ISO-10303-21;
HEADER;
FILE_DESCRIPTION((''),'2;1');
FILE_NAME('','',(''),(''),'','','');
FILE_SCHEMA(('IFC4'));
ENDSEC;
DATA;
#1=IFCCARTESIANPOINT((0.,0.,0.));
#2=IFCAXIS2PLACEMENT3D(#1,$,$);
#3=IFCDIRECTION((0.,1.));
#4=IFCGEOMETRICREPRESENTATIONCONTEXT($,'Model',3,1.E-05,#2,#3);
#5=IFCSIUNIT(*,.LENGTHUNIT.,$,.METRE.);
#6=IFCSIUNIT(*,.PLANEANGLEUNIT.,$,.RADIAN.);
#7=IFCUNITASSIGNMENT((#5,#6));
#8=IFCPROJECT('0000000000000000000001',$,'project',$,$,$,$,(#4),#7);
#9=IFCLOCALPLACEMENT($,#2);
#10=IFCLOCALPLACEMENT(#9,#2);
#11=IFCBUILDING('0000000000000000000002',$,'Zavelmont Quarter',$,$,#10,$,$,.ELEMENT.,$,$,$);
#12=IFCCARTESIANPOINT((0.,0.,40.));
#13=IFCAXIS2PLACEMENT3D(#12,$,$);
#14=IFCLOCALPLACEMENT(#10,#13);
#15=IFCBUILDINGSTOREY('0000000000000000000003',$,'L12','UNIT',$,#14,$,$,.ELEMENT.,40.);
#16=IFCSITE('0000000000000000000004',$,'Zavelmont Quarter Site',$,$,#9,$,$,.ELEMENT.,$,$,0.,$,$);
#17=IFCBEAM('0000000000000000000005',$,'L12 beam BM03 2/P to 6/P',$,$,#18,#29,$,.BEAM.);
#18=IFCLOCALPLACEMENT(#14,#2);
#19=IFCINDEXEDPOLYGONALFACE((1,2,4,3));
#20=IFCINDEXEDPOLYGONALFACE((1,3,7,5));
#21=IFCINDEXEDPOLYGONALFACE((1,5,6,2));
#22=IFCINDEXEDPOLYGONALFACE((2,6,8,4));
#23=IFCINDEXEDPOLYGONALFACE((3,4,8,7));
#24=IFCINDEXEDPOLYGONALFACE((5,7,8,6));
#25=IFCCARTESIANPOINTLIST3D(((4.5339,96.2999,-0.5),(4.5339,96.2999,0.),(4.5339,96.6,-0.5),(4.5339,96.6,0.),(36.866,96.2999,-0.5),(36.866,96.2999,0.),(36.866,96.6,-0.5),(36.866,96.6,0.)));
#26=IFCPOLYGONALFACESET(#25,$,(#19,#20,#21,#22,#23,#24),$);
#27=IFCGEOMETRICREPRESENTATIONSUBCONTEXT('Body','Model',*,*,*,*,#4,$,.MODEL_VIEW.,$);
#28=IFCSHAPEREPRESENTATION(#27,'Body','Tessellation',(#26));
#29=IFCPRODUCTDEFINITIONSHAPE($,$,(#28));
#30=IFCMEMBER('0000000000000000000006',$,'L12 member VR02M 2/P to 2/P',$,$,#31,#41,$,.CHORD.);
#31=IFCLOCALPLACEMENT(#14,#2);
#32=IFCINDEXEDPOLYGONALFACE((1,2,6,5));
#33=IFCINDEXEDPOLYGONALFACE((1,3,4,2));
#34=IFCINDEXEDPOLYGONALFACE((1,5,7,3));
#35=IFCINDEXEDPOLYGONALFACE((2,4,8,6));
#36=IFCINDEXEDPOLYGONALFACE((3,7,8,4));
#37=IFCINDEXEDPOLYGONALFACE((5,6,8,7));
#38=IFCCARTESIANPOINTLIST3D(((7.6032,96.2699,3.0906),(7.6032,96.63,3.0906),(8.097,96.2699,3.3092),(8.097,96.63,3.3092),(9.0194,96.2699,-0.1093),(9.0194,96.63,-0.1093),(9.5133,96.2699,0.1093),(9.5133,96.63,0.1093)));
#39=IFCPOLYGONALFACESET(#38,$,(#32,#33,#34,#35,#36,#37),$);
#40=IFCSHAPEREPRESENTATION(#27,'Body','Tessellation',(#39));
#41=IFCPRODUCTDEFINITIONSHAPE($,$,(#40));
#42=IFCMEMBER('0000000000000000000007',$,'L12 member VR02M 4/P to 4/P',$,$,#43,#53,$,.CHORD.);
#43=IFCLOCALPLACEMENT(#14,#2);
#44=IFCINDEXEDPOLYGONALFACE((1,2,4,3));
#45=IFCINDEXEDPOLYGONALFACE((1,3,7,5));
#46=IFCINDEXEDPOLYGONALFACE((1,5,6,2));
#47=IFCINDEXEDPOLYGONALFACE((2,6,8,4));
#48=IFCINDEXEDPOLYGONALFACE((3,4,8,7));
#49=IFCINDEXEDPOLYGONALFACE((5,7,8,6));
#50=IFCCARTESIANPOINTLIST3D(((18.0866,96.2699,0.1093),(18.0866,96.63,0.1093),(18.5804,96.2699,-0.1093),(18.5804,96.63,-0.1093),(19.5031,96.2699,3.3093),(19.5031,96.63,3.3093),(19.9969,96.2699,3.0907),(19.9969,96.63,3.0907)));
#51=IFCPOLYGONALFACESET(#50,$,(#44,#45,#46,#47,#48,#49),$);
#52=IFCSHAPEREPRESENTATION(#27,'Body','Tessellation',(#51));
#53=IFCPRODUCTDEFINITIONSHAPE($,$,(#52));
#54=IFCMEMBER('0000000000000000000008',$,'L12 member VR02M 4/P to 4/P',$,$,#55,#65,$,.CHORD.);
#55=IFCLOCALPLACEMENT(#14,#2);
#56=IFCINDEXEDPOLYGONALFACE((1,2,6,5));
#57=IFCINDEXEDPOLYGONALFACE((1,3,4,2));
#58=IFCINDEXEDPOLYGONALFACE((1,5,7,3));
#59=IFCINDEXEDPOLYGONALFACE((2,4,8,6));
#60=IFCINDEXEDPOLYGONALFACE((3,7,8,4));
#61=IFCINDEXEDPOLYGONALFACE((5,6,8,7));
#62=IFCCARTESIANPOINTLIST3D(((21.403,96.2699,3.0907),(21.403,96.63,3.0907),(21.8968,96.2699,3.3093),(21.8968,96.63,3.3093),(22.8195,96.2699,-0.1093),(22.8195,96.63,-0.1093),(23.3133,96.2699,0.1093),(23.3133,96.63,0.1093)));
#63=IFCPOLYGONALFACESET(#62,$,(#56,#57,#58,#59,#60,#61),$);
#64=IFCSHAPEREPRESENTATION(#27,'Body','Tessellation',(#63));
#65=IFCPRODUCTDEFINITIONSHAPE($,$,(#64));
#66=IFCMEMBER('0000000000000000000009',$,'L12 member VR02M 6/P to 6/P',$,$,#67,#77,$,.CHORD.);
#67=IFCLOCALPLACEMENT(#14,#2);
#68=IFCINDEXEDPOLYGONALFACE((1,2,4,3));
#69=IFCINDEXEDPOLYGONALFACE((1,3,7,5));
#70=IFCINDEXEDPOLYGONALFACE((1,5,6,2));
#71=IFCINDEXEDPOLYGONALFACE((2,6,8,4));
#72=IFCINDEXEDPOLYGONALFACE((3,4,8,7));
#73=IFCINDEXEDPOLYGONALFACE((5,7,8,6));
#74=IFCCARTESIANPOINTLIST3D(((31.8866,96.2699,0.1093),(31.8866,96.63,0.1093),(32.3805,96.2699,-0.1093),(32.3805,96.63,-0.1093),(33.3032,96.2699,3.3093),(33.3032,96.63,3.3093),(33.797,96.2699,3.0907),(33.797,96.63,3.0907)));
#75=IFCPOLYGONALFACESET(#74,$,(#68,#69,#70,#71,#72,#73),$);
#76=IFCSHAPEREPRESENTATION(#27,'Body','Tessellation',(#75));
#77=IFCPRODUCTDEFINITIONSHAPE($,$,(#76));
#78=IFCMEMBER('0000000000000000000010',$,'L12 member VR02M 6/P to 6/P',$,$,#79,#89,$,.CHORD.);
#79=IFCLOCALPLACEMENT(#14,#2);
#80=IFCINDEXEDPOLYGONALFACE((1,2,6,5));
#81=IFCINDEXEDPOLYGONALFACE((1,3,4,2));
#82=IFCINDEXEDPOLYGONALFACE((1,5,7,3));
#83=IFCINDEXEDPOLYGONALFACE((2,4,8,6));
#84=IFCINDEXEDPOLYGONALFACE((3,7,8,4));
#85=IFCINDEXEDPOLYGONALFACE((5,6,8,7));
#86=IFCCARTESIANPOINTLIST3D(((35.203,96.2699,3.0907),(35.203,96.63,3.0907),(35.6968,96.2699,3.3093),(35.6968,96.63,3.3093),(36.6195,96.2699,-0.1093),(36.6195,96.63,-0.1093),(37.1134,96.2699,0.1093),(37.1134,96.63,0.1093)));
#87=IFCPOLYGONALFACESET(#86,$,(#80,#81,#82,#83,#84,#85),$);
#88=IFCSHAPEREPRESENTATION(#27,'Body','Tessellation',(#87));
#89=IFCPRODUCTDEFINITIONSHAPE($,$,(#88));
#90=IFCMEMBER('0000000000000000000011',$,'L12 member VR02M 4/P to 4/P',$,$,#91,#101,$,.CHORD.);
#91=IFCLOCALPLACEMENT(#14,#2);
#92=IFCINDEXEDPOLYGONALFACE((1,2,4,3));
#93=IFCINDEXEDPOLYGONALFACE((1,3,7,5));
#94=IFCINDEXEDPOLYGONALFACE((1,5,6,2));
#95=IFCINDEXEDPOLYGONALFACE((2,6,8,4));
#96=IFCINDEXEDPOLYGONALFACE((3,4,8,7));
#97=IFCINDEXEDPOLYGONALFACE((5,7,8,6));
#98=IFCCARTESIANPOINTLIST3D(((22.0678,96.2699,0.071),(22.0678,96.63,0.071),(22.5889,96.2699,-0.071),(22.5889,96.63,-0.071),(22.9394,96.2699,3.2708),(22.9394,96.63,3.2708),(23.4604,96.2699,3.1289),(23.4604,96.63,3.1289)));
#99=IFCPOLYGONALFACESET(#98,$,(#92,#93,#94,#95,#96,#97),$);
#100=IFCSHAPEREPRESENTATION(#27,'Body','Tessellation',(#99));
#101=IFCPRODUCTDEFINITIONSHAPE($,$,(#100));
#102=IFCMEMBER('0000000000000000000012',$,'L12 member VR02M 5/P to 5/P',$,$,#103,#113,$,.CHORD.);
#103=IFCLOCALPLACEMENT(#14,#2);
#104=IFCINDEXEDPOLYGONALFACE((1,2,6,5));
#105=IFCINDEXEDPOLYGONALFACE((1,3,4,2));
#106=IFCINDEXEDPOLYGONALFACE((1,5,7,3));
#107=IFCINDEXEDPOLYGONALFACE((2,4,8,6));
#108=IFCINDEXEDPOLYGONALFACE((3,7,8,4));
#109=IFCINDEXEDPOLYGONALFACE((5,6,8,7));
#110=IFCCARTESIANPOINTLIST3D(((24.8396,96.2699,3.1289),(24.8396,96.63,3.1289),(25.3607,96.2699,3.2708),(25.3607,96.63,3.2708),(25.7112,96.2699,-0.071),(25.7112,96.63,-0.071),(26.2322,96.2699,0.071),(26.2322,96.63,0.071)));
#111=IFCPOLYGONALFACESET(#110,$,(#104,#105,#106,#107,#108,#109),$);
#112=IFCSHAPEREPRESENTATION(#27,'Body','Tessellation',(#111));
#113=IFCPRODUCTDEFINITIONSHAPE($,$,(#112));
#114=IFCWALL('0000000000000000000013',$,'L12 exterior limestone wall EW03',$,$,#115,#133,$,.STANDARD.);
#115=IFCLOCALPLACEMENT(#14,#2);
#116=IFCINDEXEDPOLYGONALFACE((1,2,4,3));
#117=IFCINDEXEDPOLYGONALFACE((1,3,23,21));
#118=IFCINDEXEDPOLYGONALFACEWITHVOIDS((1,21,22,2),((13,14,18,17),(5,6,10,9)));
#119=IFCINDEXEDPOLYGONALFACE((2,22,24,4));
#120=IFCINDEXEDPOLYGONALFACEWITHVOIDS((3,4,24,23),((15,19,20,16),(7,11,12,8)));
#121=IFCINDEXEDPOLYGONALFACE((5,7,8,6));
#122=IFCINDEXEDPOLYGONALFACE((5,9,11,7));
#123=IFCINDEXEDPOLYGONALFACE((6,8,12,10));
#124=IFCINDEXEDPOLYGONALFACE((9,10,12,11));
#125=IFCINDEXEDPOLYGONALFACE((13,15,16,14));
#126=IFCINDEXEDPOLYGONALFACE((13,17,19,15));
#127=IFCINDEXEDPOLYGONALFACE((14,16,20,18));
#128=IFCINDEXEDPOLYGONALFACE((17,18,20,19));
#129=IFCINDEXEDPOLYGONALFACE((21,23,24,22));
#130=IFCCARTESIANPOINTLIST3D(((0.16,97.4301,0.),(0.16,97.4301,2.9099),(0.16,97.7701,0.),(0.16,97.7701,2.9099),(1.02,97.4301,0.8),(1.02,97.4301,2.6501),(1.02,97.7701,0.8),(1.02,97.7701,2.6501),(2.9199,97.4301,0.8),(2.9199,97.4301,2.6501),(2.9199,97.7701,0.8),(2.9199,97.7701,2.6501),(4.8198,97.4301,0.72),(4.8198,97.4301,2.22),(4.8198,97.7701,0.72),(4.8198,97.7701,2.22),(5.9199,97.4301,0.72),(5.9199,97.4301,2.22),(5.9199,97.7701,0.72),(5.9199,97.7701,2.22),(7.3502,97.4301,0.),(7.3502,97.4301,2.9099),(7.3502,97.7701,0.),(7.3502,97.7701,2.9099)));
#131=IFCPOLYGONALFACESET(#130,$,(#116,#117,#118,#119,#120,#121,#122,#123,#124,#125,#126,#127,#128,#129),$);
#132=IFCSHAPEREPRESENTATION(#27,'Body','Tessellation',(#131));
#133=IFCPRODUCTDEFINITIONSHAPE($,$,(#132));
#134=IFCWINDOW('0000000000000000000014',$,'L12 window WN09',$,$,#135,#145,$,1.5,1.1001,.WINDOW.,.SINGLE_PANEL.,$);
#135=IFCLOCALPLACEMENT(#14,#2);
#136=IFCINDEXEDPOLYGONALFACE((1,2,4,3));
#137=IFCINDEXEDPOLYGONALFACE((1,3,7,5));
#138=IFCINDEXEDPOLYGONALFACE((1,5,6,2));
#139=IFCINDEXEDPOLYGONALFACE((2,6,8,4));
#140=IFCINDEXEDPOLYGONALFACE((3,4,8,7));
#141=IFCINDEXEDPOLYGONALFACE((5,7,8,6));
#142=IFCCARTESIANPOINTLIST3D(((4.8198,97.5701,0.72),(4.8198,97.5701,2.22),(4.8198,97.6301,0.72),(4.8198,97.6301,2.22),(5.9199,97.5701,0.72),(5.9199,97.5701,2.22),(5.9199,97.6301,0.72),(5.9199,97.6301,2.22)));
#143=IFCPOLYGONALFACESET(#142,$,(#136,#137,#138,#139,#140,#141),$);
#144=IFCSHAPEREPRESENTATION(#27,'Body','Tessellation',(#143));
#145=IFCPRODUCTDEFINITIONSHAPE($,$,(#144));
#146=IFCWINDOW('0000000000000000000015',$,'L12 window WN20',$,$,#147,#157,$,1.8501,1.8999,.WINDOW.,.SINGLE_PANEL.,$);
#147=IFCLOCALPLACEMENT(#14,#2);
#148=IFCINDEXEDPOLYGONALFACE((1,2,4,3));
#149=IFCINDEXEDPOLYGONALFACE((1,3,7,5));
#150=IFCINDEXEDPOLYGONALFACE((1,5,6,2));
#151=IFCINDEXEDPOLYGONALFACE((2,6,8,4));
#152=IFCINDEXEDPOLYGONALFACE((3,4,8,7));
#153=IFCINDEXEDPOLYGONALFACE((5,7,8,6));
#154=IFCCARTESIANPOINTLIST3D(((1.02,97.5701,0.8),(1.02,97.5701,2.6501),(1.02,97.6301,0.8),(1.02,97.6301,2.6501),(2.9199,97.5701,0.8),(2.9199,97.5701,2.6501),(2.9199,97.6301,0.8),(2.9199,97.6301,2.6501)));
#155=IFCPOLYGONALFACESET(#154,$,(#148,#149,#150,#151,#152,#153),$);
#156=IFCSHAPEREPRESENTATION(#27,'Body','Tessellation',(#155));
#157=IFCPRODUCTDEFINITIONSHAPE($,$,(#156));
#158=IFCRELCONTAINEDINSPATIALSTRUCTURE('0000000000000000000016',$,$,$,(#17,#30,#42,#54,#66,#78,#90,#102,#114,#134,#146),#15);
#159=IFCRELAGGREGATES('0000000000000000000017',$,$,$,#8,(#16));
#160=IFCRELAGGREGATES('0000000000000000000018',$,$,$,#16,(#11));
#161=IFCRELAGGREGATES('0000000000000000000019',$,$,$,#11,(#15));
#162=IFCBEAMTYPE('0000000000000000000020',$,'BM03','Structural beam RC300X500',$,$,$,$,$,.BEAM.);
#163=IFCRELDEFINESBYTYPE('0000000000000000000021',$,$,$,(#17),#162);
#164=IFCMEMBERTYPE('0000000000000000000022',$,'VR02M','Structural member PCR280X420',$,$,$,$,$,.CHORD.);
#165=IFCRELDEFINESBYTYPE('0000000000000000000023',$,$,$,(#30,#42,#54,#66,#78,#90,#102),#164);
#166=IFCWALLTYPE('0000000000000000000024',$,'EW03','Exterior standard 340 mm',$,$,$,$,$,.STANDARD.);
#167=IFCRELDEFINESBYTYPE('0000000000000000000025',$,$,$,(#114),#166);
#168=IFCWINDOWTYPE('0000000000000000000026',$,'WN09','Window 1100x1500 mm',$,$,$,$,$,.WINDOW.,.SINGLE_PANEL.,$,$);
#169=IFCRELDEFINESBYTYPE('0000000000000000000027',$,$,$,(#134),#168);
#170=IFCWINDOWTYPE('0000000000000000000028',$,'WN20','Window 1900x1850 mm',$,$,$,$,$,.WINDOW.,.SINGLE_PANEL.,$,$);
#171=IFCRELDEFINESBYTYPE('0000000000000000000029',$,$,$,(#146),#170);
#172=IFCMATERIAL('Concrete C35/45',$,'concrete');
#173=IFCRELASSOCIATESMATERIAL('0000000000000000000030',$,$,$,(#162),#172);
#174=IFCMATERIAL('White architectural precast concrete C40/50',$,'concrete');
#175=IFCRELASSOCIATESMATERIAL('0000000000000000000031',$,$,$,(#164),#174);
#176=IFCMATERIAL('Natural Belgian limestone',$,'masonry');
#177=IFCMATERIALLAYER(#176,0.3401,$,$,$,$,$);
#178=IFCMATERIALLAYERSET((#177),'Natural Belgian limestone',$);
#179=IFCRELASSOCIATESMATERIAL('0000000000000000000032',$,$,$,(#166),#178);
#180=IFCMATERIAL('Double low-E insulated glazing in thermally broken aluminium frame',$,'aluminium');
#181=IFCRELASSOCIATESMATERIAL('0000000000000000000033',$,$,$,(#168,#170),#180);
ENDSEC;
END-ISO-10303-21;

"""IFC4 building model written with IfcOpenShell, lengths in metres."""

from ifc_helpers import new_model, si_unit, direction, frame, frame_2d, origin, origin_with_axes, origin_2d, place, context, subcontext, project, spatial, rectangle, extrude, material, layer, layer_set, material_profile, profile_set, type_object, element, fill, save


model = new_model("IFC4")

# Units and contexts
model_context = context("Model", 3, precision=1e-05, world=origin(), true_north=direction((0.0, 1.0)))
body_context = subcontext(model_context, "Body", "Model", "MODEL_VIEW")
ifc_project = project(units=[si_unit("LENGTHUNIT", "METRE"), si_unit("PLANEANGLEUNIT", "RADIAN")], contexts=[model_context])

# Site, building, storey
site_placement = place(None, origin())
site = spatial("IfcSite", under=ifc_project, at=site_placement, Name="Zavelmont Quarter Site", CompositionType="ELEMENT", RefElevation=0.0)
building_placement = place(site_placement, origin())
building = spatial("IfcBuilding", under=site, at=building_placement, Name="Zavelmont Quarter", CompositionType="ELEMENT")
storey_placement = place(building_placement, frame((0.0, 0.0, 40.0)))
storey = spatial("IfcBuildingStorey", under=building, at=storey_placement, Name="L12", Description="UNIT", CompositionType="ELEMENT", Elevation=40.0)

# Beam
ifc_material_1 = material(Name="Concrete C35/45", Category="concrete")
ifc_material_profile_1 = material_profile(ifc_material_1, rectangle(XDim=0.3, YDim=0.5, at=origin_2d()), Name="RC300X500")
ifc_profile_set_1 = profile_set([ifc_material_profile_1], Name="Concrete C35/45")
beam_type = type_object("IfcBeamType", Name="BM03", Description="Structural beam RC300X500", PredefinedType="BEAM", material=ifc_profile_set_1)
beam_placement = place(storey_placement, frame((4.5339, 96.45, -0.25), z_axis=(1.0, 0.0, 0.0), x_axis=(0.0, 1.0, 0.0)))
element("IfcBeam", 1, at=beam_placement, inside=storey, type_object=beam_type, Name="L12 beam BM03 2/P to 6/P", PredefinedType="BEAM", context=body_context, shape_type="SweptSolid", body=[
    extrude(rectangle(XDim=0.3, YDim=0.5, at=origin_2d()), origin(), (0.0, 0.0, 1.0), 32.332),
])

# Members
ifc_material_2 = material(Name="White architectural precast concrete C40/50", Category="concrete")
ifc_material_profile_2 = material_profile(ifc_material_2, rectangle(XDim=0.3601, YDim=0.54, at=origin_2d()), Name="PCR280X420")
ifc_profile_set_2 = profile_set([ifc_material_profile_2], Name="White architectural precast concrete C40/50")
member_type = type_object("IfcMemberType", Name="VR02M", Description="Structural member PCR280X420", PredefinedType="CHORD", material=ifc_profile_set_2)
member_placement = place(storey_placement, frame((9.2664, 96.45, 0.0), z_axis=(-0.40472, 0.0, 0.914441), x_axis=(0.0, -1.0, 0.0)))
element("IfcMember", 2, at=member_placement, inside=storey, type_object=member_type, Name="L12 member VR02M 2/P to 2/P", PredefinedType="CHORD", context=body_context, shape_type="SweptSolid", body=[
    extrude(rectangle(XDim=0.3601, YDim=0.54, at=origin_2d()), origin(), (0.0, 0.0, 1.0), 3.4993),
])
for number, where, z_axis, x_axis, name in (
    (3, (18.3335, 96.45, 0.0), (0.404779, 0.0, 0.914415), (0.0, 1.0, 0.0), "L12 member VR02M 4/P to 4/P"),
    (4, (23.0664, 96.45, 0.0), (-0.404779, 0.0, 0.914415), (0.0, -1.0, 0.0), "L12 member VR02M 4/P to 4/P"),
    (5, (32.1335, 96.45, 0.0), (0.404779, 0.0, 0.914415), (0.0, 1.0, 0.0), "L12 member VR02M 6/P to 6/P"),
    (6, (36.8665, 96.45, 0.0), (-0.404779, 0.0, 0.914415), (0.0, -1.0, 0.0), "L12 member VR02M 6/P to 6/P"),
):
    element("IfcMember", number, at=place(storey_placement, frame(where, z_axis=z_axis, x_axis=x_axis)), inside=storey, type_object=member_type, Name=name, PredefinedType="CHORD", context=body_context, shape_type="SweptSolid", body=[
        extrude(rectangle(XDim=0.3601, YDim=0.54, at=origin_2d()), origin(), (0.0, 0.0, 1.0), 3.4995),
    ])
for number, where, z_axis, x_axis, name in (
    (7, (22.3284, 96.45, 0.0), (0.2628, 0.0, 0.96485), (0.0, 1.0, 0.0), "L12 member VR02M 4/P to 4/P"),
    (8, (25.9717, 96.45, 0.0), (-0.2628, 0.0, 0.96485), (0.0, -1.0, 0.0), "L12 member VR02M 5/P to 5/P"),
):
    element("IfcMember", number, at=place(storey_placement, frame(where, z_axis=z_axis, x_axis=x_axis)), inside=storey, type_object=member_type, Name=name, PredefinedType="CHORD", context=body_context, shape_type="SweptSolid", body=[
        extrude(rectangle(XDim=0.3601, YDim=0.54, at=origin_2d()), origin(), (0.0, 0.0, 1.0), 3.3164),
    ])

# Wall, openings, windows
ifc_material_3 = material(Name="Natural Belgian limestone", Category="masonry")
ifc_layer_1 = layer(ifc_material_3, 0.3401)
ifc_layer_set_1 = layer_set([ifc_layer_1], Name="Natural Belgian limestone")
wall_type_1 = type_object("IfcWallType", Name="EW03", Description="Exterior standard 340 mm", PredefinedType="STANDARD", material=ifc_layer_set_1)
wall_1_placement = place(storey_placement, frame((0.1599, 97.6001, 0.0), z_axis=(0.0, 0.0, 1.0), x_axis=(1.0, 0.0, 0.0)))
wall_1 = element("IfcWall", 9, at=wall_1_placement, inside=storey, type_object=wall_type_1, Name="L12 exterior limestone wall EW03", PredefinedType="STANDARD", context=body_context, shape_type="SweptSolid", body=[
    extrude(rectangle(XDim=7.1902, YDim=0.3401, at=frame_2d((3.5952, 0.0))), origin(), (0.0, 0.0, 1.0), 2.9099),
])
opening_1_placement = place(wall_1_placement, frame((0.8601, 0.0, 0.8)))
opening_1 = element("IfcOpeningElement", 10, at=opening_1_placement, cuts=wall_1, PredefinedType="OPENING", context=body_context, shape_type="SweptSolid", body=[
    extrude(rectangle(XDim=1.8999, YDim=1.8501, at=frame_2d((0.95, 0.925))), frame((0.0, 0.1821, 0.0), z_axis=(0.0, -1.0, 0.0), x_axis=(1.0, 0.0, 0.0)), (0.0, 0.0, 1.0), 0.364),
])
opening_2_placement = place(wall_1_placement, frame((4.6599, 0.0, 0.72)))
opening_2 = element("IfcOpeningElement", 11, at=opening_2_placement, cuts=wall_1, PredefinedType="OPENING", context=body_context, shape_type="SweptSolid", body=[
    extrude(rectangle(XDim=1.1001, YDim=1.5, at=frame_2d((0.55, 0.75))), frame((0.0, 0.1821, 0.0), z_axis=(0.0, -1.0, 0.0), x_axis=(1.0, 0.0, 0.0)), (0.0, 0.0, 1.0), 0.364),
])
ifc_material_4 = material(Name="Double low-E insulated glazing in thermally broken aluminium frame", Category="aluminium")
window_type_1 = type_object("IfcWindowType", Name="WN09", Description="Window 1100x1500 mm", PartitioningType="SINGLE_PANEL", PredefinedType="WINDOW", material=ifc_material_4)
window_1_placement = place(opening_2_placement, origin_with_axes())
window_1 = element("IfcWindow", 12, at=window_1_placement, inside=storey, type_object=window_type_1, Name="L12 window WN09", OverallHeight=1.5, OverallWidth=1.1001, PartitioningType="SINGLE_PANEL", PredefinedType="WINDOW", context=body_context, shape_type="SweptSolid", body=[
    extrude(rectangle(XDim=1.1001, YDim=1.5, at=frame_2d((0.55, 0.75))), frame((0.0, 0.03, 0.0), z_axis=(0.0, -1.0, 0.0), x_axis=(1.0, 0.0, 0.0)), (0.0, 0.0, 1.0), 0.0601),
])
fill(opening_2, window_1)
window_type_2 = type_object("IfcWindowType", Name="WN20", Description="Window 1900x1850 mm", PartitioningType="SINGLE_PANEL", PredefinedType="WINDOW", material=ifc_material_4)
window_2_placement = place(opening_1_placement, origin_with_axes())
window_2 = element("IfcWindow", 13, at=window_2_placement, inside=storey, type_object=window_type_2, Name="L12 window WN20", OverallHeight=1.8501, OverallWidth=1.8999, PartitioningType="SINGLE_PANEL", PredefinedType="WINDOW", context=body_context, shape_type="SweptSolid", body=[
    extrude(rectangle(XDim=1.8999, YDim=1.8501, at=frame_2d((0.95, 0.925))), frame((0.0, 0.03, 0.0), z_axis=(0.0, -1.0, 0.0), x_axis=(1.0, 0.0, 0.0)), (0.0, 0.0, 1.0), 0.0601),
])
fill(opening_1, window_2)

save(model, "model.ifc")
